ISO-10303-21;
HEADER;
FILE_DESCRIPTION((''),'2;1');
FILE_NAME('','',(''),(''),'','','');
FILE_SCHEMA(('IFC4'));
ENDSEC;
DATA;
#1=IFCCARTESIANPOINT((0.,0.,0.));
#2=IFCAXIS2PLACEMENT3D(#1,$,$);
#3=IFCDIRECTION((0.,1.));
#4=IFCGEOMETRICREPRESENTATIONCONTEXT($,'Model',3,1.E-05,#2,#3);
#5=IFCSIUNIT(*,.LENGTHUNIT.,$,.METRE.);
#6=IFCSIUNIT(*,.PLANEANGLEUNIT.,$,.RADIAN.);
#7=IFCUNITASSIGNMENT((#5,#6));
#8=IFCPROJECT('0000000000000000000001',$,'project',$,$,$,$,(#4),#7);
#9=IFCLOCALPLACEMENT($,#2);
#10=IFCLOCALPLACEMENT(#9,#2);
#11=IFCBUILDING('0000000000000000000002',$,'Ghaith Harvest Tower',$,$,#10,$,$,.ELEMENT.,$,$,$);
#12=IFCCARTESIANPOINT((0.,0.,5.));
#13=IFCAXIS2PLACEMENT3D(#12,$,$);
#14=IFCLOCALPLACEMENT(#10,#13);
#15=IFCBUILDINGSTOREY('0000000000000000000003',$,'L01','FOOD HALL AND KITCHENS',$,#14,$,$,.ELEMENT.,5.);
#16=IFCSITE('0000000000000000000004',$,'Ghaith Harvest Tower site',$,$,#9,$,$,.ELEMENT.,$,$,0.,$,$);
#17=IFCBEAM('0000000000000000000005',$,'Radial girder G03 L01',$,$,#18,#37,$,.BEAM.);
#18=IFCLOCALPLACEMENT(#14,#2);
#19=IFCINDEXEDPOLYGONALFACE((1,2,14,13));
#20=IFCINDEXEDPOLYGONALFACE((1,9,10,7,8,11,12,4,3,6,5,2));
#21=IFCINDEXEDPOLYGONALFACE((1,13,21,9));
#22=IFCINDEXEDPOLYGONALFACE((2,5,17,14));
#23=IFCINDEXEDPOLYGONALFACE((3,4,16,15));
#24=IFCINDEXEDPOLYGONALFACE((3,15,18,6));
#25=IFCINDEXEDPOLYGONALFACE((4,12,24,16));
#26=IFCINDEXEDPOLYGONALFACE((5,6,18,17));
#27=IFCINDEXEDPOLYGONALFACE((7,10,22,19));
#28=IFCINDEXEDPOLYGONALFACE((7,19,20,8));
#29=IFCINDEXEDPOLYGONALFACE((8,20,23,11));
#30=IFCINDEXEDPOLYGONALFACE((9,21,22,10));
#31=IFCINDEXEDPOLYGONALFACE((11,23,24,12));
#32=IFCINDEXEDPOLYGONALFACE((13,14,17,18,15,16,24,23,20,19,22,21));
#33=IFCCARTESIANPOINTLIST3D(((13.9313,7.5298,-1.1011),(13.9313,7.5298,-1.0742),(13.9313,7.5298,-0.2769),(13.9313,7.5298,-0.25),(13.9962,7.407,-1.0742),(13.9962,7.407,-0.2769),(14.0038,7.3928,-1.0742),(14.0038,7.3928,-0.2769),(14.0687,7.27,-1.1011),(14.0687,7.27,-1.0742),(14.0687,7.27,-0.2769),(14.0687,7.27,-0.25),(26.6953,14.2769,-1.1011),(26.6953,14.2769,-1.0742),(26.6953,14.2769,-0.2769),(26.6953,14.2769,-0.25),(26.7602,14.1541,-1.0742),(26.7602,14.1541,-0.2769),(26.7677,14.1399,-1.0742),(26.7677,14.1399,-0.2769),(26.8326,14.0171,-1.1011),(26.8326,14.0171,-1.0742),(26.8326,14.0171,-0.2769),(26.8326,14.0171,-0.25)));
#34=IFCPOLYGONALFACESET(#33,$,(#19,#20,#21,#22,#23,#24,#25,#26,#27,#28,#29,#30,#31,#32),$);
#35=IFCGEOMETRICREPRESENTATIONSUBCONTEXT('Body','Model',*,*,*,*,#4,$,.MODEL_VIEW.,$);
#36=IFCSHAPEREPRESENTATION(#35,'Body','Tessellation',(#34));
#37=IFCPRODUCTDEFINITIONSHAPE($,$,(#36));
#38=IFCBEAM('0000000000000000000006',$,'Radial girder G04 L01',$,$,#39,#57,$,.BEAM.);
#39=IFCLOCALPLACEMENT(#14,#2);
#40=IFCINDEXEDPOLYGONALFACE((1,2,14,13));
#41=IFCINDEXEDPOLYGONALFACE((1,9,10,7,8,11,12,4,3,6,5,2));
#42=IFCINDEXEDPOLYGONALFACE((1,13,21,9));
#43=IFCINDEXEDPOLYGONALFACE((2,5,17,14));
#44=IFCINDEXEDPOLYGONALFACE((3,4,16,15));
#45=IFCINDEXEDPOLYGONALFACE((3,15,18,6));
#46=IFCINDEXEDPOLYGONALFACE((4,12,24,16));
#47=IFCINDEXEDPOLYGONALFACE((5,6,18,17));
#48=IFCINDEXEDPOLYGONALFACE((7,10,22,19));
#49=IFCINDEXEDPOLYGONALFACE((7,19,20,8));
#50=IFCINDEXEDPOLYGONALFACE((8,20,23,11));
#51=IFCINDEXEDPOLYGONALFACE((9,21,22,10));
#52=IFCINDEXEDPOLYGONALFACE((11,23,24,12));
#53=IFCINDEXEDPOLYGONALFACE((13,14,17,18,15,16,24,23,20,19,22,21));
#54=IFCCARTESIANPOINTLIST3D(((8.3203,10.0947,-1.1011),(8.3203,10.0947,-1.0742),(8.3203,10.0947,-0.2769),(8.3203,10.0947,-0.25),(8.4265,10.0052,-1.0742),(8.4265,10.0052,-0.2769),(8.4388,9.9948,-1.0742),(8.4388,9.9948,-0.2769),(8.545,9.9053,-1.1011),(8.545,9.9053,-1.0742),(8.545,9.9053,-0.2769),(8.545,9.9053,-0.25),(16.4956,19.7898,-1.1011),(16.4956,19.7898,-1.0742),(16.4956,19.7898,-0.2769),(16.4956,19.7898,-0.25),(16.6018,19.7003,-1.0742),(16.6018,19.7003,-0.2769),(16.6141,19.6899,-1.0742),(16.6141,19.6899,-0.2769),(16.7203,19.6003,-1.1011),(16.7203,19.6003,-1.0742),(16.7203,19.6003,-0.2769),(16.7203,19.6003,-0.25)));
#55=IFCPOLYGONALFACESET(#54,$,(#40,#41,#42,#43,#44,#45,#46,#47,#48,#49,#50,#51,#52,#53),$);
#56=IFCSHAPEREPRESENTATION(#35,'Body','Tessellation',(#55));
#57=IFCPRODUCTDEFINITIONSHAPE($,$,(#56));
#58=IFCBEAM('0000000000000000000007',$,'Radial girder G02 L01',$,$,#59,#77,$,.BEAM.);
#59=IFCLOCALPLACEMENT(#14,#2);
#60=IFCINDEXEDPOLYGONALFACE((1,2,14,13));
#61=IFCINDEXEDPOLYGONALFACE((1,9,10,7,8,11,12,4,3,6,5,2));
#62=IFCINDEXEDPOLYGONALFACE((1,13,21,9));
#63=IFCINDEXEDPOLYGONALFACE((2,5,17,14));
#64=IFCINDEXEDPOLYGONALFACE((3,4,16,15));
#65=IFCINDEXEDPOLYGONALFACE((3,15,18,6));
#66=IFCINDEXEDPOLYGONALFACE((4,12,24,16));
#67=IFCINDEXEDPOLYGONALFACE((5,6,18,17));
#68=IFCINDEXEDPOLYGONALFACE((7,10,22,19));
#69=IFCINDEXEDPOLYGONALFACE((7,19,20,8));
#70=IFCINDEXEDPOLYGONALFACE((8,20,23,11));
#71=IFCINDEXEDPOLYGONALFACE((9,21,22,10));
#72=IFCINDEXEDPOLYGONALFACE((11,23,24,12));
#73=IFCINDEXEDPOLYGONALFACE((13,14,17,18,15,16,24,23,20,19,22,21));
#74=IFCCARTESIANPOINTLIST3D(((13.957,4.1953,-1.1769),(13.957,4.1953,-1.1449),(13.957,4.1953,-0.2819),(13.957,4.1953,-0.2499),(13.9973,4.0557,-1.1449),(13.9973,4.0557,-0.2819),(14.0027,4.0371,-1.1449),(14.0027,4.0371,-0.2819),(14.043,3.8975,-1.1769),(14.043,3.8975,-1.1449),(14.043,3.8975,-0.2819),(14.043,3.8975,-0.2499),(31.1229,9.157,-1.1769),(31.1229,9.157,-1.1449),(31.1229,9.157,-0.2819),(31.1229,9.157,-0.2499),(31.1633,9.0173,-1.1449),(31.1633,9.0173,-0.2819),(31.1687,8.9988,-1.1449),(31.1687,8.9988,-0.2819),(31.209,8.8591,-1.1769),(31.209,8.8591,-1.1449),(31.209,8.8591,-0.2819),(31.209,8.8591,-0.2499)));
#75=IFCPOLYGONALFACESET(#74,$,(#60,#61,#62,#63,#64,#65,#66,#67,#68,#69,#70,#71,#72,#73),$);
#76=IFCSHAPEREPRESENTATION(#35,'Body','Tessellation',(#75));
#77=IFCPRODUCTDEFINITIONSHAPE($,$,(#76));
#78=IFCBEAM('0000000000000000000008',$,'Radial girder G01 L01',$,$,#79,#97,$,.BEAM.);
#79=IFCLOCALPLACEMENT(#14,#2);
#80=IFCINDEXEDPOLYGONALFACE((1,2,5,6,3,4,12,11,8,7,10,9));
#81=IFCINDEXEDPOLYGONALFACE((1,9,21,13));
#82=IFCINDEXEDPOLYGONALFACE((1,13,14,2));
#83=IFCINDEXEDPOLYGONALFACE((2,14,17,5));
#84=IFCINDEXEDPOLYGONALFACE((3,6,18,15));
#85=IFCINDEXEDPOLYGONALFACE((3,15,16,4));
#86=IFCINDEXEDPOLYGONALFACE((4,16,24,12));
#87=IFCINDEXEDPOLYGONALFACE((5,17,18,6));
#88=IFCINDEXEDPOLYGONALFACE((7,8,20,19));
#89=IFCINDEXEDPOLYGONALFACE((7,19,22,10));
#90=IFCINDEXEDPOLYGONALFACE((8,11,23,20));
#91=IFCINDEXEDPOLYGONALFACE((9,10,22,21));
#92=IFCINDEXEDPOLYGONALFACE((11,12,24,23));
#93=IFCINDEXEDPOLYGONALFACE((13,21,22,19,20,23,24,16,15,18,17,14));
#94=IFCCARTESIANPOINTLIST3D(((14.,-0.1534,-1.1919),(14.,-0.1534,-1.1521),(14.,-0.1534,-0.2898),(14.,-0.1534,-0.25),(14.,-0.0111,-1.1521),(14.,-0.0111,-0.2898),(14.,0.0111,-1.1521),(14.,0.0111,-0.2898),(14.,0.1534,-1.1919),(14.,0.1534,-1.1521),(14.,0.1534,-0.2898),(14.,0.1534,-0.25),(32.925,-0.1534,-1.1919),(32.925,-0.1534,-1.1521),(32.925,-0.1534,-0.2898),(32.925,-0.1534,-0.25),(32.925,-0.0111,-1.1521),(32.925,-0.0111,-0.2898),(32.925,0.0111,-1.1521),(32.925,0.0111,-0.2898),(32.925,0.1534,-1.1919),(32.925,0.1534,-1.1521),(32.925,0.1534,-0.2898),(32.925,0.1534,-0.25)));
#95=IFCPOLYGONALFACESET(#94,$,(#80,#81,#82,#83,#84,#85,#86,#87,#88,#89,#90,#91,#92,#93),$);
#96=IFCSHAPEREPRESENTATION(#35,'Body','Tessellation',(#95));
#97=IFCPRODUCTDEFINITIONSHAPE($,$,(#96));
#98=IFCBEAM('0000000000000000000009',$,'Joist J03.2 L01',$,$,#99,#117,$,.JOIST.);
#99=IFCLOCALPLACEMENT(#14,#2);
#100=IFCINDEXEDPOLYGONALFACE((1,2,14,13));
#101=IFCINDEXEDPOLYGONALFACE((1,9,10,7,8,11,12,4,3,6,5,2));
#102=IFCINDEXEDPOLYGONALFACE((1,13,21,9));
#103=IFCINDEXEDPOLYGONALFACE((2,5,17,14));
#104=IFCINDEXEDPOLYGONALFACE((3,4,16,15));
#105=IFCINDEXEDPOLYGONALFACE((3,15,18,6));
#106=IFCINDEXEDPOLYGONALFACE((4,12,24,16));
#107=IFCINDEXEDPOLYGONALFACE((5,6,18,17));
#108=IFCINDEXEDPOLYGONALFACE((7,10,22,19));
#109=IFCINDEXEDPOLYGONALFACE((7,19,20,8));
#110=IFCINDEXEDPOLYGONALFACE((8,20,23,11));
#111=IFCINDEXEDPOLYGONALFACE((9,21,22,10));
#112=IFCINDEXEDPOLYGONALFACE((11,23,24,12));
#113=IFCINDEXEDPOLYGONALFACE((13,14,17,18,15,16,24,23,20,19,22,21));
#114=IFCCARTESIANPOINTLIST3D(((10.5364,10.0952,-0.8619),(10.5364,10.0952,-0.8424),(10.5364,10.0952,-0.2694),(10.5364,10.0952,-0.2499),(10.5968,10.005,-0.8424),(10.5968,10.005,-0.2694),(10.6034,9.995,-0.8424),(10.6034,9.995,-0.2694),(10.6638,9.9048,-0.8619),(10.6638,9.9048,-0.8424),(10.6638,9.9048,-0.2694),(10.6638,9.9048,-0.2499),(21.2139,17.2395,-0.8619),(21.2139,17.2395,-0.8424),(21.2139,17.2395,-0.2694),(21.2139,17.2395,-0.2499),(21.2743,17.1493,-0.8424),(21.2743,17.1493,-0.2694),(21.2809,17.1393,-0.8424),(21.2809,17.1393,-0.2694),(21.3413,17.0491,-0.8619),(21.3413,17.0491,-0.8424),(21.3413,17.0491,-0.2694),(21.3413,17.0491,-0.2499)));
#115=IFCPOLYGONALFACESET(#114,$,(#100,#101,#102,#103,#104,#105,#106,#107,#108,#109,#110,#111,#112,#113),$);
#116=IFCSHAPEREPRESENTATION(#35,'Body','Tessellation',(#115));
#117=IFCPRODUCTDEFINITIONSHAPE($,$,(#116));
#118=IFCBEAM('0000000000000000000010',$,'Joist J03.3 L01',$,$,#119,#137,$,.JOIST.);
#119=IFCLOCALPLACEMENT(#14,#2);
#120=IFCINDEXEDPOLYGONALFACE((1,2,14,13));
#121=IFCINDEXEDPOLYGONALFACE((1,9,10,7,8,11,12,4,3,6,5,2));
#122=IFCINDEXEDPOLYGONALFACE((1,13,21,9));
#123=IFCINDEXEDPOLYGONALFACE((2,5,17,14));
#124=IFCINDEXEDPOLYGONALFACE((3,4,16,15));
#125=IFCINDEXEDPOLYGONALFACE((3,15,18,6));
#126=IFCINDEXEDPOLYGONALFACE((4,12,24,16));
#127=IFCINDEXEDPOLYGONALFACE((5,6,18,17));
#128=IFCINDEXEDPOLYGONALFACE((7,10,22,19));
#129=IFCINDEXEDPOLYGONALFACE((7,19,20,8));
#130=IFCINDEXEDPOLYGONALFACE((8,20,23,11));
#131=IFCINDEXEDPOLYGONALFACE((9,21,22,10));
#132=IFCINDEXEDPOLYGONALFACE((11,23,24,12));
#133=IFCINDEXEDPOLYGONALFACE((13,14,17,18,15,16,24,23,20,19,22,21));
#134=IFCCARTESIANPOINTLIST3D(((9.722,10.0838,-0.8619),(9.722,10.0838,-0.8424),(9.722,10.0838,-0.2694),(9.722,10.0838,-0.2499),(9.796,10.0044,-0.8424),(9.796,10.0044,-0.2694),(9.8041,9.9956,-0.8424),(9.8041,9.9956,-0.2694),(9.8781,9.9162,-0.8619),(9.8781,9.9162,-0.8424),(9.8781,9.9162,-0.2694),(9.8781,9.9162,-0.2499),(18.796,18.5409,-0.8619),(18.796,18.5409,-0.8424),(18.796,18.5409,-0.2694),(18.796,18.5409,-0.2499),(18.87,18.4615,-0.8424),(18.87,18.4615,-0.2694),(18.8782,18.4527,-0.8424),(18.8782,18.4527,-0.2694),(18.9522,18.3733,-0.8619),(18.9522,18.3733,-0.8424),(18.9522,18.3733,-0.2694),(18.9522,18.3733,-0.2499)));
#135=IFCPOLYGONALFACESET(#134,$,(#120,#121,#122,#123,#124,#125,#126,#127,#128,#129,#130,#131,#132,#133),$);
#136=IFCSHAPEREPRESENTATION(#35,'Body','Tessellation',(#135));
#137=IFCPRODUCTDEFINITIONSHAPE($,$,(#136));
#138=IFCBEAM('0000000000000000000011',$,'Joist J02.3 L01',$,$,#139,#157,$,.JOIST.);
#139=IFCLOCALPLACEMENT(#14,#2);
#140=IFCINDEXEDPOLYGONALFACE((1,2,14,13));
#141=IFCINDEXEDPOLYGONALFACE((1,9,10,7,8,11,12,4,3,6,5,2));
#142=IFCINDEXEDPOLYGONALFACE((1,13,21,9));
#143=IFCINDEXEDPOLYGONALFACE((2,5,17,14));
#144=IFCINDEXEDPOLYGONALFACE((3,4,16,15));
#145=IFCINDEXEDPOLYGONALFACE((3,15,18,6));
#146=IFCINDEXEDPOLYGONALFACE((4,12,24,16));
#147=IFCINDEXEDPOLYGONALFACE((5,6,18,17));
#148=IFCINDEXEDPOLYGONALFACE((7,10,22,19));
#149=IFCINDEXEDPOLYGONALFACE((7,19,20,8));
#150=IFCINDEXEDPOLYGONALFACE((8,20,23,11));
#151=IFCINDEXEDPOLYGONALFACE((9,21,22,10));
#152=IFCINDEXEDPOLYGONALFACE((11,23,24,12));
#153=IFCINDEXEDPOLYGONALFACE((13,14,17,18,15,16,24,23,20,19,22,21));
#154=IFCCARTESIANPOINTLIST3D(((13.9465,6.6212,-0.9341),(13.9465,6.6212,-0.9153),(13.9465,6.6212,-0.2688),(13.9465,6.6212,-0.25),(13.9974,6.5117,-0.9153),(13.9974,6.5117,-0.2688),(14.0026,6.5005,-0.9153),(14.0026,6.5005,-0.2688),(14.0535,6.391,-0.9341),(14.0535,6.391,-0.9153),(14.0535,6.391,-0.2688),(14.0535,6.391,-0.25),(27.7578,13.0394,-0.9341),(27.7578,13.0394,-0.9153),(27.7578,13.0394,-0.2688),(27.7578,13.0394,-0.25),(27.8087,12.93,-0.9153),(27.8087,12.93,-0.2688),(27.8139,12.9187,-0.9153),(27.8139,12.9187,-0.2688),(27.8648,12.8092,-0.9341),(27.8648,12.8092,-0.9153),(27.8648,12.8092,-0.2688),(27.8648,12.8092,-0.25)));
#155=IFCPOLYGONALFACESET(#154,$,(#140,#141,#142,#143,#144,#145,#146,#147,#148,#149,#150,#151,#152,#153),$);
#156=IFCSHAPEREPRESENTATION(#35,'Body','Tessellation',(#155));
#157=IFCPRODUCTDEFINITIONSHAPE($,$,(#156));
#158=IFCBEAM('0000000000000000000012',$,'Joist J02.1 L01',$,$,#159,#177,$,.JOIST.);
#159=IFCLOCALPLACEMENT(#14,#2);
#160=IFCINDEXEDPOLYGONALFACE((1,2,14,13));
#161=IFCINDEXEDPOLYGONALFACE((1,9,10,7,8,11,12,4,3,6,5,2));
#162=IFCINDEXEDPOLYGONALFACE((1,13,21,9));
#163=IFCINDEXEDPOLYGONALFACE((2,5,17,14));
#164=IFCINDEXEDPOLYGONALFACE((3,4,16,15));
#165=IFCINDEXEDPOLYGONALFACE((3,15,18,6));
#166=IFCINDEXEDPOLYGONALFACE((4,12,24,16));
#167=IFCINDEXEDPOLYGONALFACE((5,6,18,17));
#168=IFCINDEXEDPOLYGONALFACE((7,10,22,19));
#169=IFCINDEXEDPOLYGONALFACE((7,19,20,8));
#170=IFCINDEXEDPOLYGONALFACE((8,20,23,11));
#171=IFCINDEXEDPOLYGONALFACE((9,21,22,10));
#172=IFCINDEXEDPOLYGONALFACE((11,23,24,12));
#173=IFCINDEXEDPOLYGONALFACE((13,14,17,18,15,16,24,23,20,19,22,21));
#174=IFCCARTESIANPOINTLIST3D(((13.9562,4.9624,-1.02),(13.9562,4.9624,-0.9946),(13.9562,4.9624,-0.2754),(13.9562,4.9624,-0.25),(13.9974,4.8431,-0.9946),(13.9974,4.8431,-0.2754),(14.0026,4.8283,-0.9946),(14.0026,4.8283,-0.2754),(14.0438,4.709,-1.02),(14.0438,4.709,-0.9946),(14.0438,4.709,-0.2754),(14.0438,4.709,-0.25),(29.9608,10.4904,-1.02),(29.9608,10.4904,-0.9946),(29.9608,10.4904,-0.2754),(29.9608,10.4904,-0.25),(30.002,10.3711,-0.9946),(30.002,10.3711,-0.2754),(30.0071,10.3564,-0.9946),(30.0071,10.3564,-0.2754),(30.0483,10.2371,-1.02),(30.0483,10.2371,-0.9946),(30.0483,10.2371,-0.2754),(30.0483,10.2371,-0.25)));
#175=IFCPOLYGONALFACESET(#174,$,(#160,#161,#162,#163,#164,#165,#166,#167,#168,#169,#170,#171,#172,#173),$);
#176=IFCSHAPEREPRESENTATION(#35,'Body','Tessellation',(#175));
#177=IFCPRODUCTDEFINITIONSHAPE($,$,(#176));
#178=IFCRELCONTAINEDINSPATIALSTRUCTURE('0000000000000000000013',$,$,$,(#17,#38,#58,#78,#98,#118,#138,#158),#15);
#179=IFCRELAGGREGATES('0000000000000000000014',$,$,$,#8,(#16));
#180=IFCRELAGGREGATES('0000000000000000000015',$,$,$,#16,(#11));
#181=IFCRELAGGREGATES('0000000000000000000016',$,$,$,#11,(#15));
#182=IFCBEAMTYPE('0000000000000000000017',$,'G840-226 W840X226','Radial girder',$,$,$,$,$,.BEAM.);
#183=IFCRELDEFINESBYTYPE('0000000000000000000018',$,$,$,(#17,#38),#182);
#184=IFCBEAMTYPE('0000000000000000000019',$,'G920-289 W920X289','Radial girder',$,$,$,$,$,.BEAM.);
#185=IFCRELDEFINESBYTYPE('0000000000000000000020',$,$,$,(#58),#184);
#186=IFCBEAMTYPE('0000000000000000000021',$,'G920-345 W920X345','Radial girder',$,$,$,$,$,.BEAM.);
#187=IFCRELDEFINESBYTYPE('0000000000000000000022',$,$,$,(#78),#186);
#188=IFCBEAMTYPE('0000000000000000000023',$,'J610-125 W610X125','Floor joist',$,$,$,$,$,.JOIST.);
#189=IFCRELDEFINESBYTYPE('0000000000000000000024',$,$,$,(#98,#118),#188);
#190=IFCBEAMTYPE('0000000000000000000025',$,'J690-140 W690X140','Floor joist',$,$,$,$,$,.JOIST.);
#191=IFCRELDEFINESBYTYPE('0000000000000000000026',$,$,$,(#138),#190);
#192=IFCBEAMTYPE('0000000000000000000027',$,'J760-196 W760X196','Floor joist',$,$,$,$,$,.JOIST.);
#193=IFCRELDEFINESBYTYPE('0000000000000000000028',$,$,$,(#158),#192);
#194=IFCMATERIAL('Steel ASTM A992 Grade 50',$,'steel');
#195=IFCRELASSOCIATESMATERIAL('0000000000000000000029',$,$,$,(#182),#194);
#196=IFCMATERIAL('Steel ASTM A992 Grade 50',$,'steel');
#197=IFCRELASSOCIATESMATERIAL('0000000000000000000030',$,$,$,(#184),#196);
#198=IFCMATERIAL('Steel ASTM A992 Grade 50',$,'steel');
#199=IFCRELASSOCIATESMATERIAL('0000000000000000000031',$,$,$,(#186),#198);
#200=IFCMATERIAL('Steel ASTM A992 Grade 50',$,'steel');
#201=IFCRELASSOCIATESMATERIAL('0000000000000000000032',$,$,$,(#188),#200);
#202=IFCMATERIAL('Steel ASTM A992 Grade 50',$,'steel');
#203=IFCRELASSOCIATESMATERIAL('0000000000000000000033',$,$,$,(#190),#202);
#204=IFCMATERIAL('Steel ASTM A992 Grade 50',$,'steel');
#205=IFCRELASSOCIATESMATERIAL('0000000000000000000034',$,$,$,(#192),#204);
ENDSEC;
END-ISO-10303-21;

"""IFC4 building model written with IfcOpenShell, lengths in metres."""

from ifc_helpers import new_model, si_unit, direction, frame, origin, origin_2d, place, context, subcontext, project, spatial, i_section, extrude, material, material_profile, profile_set, type_object, element, save


model = new_model("IFC4")

# Units and contexts
model_context = context("Model", 3, precision=1e-05, world=origin(), true_north=direction((0.0, 1.0)))
body_context = subcontext(model_context, "Body", "Model", "MODEL_VIEW")
ifc_project = project(units=[si_unit("LENGTHUNIT", "METRE"), si_unit("PLANEANGLEUNIT", "RADIAN")], contexts=[model_context])

# Site, building, storey
site_placement = place(None, origin())
site = spatial("IfcSite", under=ifc_project, at=site_placement, Name="Ghaith Harvest Tower site", CompositionType="ELEMENT", RefElevation=0.0)
building_placement = place(site_placement, origin())
building = spatial("IfcBuilding", under=site, at=building_placement, Name="Ghaith Harvest Tower", CompositionType="ELEMENT")
storey_placement = place(building_placement, frame((0.0, 0.0, 5.0)))
storey = spatial("IfcBuildingStorey", under=building, at=storey_placement, Name="L01", Description="FOOD HALL AND KITCHENS", CompositionType="ELEMENT", Elevation=5.0)

# Beams
ifc_material_1 = material(Name="Steel ASTM A992 Grade 50", Category="steel")
ifc_material_profile_1 = material_profile(ifc_material_1, i_section(OverallWidth=0.2939, OverallDepth=0.8511, WebThickness=0.0161, FlangeThickness=0.0269, at=origin_2d()), Name="W840X226")
ifc_profile_set_1 = profile_set([ifc_material_profile_1], Name="Steel ASTM A992 Grade 50")
beam_type_1 = type_object("IfcBeamType", Name="G840-226 W840X226", Description="Radial girder", PredefinedType="BEAM", material=ifc_profile_set_1)
beam_1_placement = place(storey_placement, frame((14.0, 7.3999, -0.6755), z_axis=(0.884083, 0.467331, 0.0), x_axis=(-0.467331, 0.884083, 0.0)))
element("IfcBeam", 1, at=beam_1_placement, inside=storey, type_object=beam_type_1, Name="Radial girder G03 L01", PredefinedType="BEAM", context=body_context, shape_type="SweptSolid", body=[
    extrude(i_section(OverallWidth=0.2939, OverallDepth=0.8511, WebThickness=0.0161, FlangeThickness=0.0269, at=origin_2d()), origin(), (0.0, 0.0, 1.0), 14.4375),
])
beam_2_placement = place(storey_placement, frame((8.4326, 10.0, -0.6755), z_axis=(0.644644, 0.764483, 0.0), x_axis=(-0.764483, 0.644644, 0.0)))
element("IfcBeam", 2, at=beam_2_placement, inside=storey, type_object=beam_type_1, Name="Radial girder G04 L01", PredefinedType="BEAM", context=body_context, shape_type="SweptSolid", body=[
    extrude(i_section(OverallWidth=0.2939, OverallDepth=0.8511, WebThickness=0.0161, FlangeThickness=0.0269, at=origin_2d()), origin(), (0.0, 0.0, 1.0), 12.6819),
])
ifc_material_2 = material(Name="Steel ASTM A992 Grade 50", Category="steel")
ifc_material_profile_2 = material_profile(ifc_material_2, i_section(OverallWidth=0.3101, OverallDepth=0.927, WebThickness=0.0193, FlangeThickness=0.032, at=origin_2d()), Name="W920X289")
ifc_profile_set_2 = profile_set([ifc_material_profile_2], Name="Steel ASTM A992 Grade 50")
beam_type_2 = type_object("IfcBeamType", Name="G920-289 W920X289", Description="Radial girder", PredefinedType="BEAM", material=ifc_profile_set_2)
beam_3_placement = place(storey_placement, frame((14.0, 4.0464, -0.7134), z_axis=(0.960675, 0.277674, 0.0), x_axis=(-0.277674, 0.960675, 0.0)))
element("IfcBeam", 3, at=beam_3_placement, inside=storey, type_object=beam_type_2, Name="Radial girder G02 L01", PredefinedType="BEAM", context=body_context, shape_type="SweptSolid", body=[
    extrude(i_section(OverallWidth=0.3101, OverallDepth=0.927, WebThickness=0.0193, FlangeThickness=0.032, at=origin_2d()), origin(), (0.0, 0.0, 1.0), 17.8687),
])
ifc_material_3 = material(Name="Steel ASTM A992 Grade 50", Category="steel")
ifc_material_profile_3 = material_profile(ifc_material_3, i_section(OverallWidth=0.3069, OverallDepth=0.9419, WebThickness=0.0222, FlangeThickness=0.0398, at=origin_2d()), Name="W920X345")
ifc_profile_set_3 = profile_set([ifc_material_profile_3], Name="Steel ASTM A992 Grade 50")
beam_type_3 = type_object("IfcBeamType", Name="G920-345 W920X345", Description="Radial girder", PredefinedType="BEAM", material=ifc_profile_set_3)
beam_4_placement = place(storey_placement, frame((14.0, 0.0, -0.7209), z_axis=(1.0, 0.0, 0.0), x_axis=(0.0, 1.0, 0.0)))
element("IfcBeam", 4, at=beam_4_placement, inside=storey, type_object=beam_type_3, Name="Radial girder G01 L01", PredefinedType="BEAM", context=body_context, shape_type="SweptSolid", body=[
    extrude(i_section(OverallWidth=0.3069, OverallDepth=0.9419, WebThickness=0.0222, FlangeThickness=0.0398, at=origin_2d()), origin(), (0.0, 0.0, 1.0), 18.925),
])
ifc_material_4 = material(Name="Steel ASTM A992 Grade 50", Category="steel")
ifc_material_profile_4 = material_profile(ifc_material_4, i_section(OverallWidth=0.229, OverallDepth=0.6121, WebThickness=0.012, FlangeThickness=0.0195, at=origin_2d()), Name="W610X125")
ifc_profile_set_4 = profile_set([ifc_material_profile_4], Name="Steel ASTM A992 Grade 50")
beam_type_4 = type_object("IfcBeamType", Name="J610-125 W610X125", Description="Floor joist", PredefinedType="JOIST", material=ifc_profile_set_4)
beam_5_placement = place(storey_placement, frame((10.6001, 10.0, -0.5559), z_axis=(0.831116, 0.556098, 0.0), x_axis=(-0.556098, 0.831116, 0.0)))
element("IfcBeam", 5, at=beam_5_placement, inside=storey, type_object=beam_type_4, Name="Joist J03.2 L01", PredefinedType="JOIST", context=body_context, shape_type="SweptSolid", body=[
    extrude(i_section(OverallWidth=0.229, OverallDepth=0.6121, WebThickness=0.012, FlangeThickness=0.0195, at=origin_2d()), origin(), (0.0, 0.0, 1.0), 12.8472),
])
beam_6_placement = place(storey_placement, frame((9.8, 10.0, -0.5559), z_axis=(0.731538, 0.681801, 0.0), x_axis=(-0.681801, 0.731538, 0.0)))
element("IfcBeam", 6, at=beam_6_placement, inside=storey, type_object=beam_type_4, Name="Joist J03.3 L01", PredefinedType="JOIST", context=body_context, shape_type="SweptSolid", body=[
    extrude(i_section(OverallWidth=0.229, OverallDepth=0.6121, WebThickness=0.012, FlangeThickness=0.0195, at=origin_2d()), origin(), (0.0, 0.0, 1.0), 12.4041),
])
ifc_material_5 = material(Name="Steel ASTM A992 Grade 50", Category="steel")
ifc_material_profile_5 = material_profile(ifc_material_5, i_section(OverallWidth=0.2539, OverallDepth=0.6841, WebThickness=0.0125, FlangeThickness=0.0188, at=origin_2d()), Name="W690X140")
ifc_profile_set_5 = profile_set([ifc_material_profile_5], Name="Steel ASTM A992 Grade 50")
beam_type_5 = type_object("IfcBeamType", Name="J690-140 W690X140", Description="Floor joist", PredefinedType="JOIST", material=ifc_profile_set_5)
beam_7_placement = place(storey_placement, frame((14.0, 6.5061, -0.592), z_axis=(0.906863, 0.421426, 0.0), x_axis=(-0.421426, 0.906863, 0.0)))
element("IfcBeam", 7, at=beam_7_placement, inside=storey, type_object=beam_type_5, Name="Joist J02.3 L01", PredefinedType="JOIST", context=body_context, shape_type="SweptSolid", body=[
    extrude(i_section(OverallWidth=0.2539, OverallDepth=0.6841, WebThickness=0.0125, FlangeThickness=0.0188, at=origin_2d()), origin(), (0.0, 0.0, 1.0), 15.2297),
])
ifc_material_6 = material(Name="Steel ASTM A992 Grade 50", Category="steel")
ifc_material_profile_6 = material_profile(ifc_material_6, i_section(OverallWidth=0.2681, OverallDepth=0.77, WebThickness=0.0156, FlangeThickness=0.0254, at=origin_2d()), Name="W760X196")
ifc_profile_set_6 = profile_set([ifc_material_profile_6], Name="Steel ASTM A992 Grade 50")
beam_type_6 = type_object("IfcBeamType", Name="J760-196 W760X196", Description="Floor joist", PredefinedType="JOIST", material=ifc_profile_set_6)
beam_8_placement = place(storey_placement, frame((14.0, 4.8357, -0.635), z_axis=(0.945205, 0.326478, 0.0), x_axis=(-0.326478, 0.945205, 0.0)))
element("IfcBeam", 8, at=beam_8_placement, inside=storey, type_object=beam_type_6, Name="Joist J02.1 L01", PredefinedType="JOIST", context=body_context, shape_type="SweptSolid", body=[
    extrude(i_section(OverallWidth=0.2681, OverallDepth=0.77, WebThickness=0.0156, FlangeThickness=0.0254, at=origin_2d()), origin(), (0.0, 0.0, 1.0), 16.9324),
])

save(model, "model.ifc")
